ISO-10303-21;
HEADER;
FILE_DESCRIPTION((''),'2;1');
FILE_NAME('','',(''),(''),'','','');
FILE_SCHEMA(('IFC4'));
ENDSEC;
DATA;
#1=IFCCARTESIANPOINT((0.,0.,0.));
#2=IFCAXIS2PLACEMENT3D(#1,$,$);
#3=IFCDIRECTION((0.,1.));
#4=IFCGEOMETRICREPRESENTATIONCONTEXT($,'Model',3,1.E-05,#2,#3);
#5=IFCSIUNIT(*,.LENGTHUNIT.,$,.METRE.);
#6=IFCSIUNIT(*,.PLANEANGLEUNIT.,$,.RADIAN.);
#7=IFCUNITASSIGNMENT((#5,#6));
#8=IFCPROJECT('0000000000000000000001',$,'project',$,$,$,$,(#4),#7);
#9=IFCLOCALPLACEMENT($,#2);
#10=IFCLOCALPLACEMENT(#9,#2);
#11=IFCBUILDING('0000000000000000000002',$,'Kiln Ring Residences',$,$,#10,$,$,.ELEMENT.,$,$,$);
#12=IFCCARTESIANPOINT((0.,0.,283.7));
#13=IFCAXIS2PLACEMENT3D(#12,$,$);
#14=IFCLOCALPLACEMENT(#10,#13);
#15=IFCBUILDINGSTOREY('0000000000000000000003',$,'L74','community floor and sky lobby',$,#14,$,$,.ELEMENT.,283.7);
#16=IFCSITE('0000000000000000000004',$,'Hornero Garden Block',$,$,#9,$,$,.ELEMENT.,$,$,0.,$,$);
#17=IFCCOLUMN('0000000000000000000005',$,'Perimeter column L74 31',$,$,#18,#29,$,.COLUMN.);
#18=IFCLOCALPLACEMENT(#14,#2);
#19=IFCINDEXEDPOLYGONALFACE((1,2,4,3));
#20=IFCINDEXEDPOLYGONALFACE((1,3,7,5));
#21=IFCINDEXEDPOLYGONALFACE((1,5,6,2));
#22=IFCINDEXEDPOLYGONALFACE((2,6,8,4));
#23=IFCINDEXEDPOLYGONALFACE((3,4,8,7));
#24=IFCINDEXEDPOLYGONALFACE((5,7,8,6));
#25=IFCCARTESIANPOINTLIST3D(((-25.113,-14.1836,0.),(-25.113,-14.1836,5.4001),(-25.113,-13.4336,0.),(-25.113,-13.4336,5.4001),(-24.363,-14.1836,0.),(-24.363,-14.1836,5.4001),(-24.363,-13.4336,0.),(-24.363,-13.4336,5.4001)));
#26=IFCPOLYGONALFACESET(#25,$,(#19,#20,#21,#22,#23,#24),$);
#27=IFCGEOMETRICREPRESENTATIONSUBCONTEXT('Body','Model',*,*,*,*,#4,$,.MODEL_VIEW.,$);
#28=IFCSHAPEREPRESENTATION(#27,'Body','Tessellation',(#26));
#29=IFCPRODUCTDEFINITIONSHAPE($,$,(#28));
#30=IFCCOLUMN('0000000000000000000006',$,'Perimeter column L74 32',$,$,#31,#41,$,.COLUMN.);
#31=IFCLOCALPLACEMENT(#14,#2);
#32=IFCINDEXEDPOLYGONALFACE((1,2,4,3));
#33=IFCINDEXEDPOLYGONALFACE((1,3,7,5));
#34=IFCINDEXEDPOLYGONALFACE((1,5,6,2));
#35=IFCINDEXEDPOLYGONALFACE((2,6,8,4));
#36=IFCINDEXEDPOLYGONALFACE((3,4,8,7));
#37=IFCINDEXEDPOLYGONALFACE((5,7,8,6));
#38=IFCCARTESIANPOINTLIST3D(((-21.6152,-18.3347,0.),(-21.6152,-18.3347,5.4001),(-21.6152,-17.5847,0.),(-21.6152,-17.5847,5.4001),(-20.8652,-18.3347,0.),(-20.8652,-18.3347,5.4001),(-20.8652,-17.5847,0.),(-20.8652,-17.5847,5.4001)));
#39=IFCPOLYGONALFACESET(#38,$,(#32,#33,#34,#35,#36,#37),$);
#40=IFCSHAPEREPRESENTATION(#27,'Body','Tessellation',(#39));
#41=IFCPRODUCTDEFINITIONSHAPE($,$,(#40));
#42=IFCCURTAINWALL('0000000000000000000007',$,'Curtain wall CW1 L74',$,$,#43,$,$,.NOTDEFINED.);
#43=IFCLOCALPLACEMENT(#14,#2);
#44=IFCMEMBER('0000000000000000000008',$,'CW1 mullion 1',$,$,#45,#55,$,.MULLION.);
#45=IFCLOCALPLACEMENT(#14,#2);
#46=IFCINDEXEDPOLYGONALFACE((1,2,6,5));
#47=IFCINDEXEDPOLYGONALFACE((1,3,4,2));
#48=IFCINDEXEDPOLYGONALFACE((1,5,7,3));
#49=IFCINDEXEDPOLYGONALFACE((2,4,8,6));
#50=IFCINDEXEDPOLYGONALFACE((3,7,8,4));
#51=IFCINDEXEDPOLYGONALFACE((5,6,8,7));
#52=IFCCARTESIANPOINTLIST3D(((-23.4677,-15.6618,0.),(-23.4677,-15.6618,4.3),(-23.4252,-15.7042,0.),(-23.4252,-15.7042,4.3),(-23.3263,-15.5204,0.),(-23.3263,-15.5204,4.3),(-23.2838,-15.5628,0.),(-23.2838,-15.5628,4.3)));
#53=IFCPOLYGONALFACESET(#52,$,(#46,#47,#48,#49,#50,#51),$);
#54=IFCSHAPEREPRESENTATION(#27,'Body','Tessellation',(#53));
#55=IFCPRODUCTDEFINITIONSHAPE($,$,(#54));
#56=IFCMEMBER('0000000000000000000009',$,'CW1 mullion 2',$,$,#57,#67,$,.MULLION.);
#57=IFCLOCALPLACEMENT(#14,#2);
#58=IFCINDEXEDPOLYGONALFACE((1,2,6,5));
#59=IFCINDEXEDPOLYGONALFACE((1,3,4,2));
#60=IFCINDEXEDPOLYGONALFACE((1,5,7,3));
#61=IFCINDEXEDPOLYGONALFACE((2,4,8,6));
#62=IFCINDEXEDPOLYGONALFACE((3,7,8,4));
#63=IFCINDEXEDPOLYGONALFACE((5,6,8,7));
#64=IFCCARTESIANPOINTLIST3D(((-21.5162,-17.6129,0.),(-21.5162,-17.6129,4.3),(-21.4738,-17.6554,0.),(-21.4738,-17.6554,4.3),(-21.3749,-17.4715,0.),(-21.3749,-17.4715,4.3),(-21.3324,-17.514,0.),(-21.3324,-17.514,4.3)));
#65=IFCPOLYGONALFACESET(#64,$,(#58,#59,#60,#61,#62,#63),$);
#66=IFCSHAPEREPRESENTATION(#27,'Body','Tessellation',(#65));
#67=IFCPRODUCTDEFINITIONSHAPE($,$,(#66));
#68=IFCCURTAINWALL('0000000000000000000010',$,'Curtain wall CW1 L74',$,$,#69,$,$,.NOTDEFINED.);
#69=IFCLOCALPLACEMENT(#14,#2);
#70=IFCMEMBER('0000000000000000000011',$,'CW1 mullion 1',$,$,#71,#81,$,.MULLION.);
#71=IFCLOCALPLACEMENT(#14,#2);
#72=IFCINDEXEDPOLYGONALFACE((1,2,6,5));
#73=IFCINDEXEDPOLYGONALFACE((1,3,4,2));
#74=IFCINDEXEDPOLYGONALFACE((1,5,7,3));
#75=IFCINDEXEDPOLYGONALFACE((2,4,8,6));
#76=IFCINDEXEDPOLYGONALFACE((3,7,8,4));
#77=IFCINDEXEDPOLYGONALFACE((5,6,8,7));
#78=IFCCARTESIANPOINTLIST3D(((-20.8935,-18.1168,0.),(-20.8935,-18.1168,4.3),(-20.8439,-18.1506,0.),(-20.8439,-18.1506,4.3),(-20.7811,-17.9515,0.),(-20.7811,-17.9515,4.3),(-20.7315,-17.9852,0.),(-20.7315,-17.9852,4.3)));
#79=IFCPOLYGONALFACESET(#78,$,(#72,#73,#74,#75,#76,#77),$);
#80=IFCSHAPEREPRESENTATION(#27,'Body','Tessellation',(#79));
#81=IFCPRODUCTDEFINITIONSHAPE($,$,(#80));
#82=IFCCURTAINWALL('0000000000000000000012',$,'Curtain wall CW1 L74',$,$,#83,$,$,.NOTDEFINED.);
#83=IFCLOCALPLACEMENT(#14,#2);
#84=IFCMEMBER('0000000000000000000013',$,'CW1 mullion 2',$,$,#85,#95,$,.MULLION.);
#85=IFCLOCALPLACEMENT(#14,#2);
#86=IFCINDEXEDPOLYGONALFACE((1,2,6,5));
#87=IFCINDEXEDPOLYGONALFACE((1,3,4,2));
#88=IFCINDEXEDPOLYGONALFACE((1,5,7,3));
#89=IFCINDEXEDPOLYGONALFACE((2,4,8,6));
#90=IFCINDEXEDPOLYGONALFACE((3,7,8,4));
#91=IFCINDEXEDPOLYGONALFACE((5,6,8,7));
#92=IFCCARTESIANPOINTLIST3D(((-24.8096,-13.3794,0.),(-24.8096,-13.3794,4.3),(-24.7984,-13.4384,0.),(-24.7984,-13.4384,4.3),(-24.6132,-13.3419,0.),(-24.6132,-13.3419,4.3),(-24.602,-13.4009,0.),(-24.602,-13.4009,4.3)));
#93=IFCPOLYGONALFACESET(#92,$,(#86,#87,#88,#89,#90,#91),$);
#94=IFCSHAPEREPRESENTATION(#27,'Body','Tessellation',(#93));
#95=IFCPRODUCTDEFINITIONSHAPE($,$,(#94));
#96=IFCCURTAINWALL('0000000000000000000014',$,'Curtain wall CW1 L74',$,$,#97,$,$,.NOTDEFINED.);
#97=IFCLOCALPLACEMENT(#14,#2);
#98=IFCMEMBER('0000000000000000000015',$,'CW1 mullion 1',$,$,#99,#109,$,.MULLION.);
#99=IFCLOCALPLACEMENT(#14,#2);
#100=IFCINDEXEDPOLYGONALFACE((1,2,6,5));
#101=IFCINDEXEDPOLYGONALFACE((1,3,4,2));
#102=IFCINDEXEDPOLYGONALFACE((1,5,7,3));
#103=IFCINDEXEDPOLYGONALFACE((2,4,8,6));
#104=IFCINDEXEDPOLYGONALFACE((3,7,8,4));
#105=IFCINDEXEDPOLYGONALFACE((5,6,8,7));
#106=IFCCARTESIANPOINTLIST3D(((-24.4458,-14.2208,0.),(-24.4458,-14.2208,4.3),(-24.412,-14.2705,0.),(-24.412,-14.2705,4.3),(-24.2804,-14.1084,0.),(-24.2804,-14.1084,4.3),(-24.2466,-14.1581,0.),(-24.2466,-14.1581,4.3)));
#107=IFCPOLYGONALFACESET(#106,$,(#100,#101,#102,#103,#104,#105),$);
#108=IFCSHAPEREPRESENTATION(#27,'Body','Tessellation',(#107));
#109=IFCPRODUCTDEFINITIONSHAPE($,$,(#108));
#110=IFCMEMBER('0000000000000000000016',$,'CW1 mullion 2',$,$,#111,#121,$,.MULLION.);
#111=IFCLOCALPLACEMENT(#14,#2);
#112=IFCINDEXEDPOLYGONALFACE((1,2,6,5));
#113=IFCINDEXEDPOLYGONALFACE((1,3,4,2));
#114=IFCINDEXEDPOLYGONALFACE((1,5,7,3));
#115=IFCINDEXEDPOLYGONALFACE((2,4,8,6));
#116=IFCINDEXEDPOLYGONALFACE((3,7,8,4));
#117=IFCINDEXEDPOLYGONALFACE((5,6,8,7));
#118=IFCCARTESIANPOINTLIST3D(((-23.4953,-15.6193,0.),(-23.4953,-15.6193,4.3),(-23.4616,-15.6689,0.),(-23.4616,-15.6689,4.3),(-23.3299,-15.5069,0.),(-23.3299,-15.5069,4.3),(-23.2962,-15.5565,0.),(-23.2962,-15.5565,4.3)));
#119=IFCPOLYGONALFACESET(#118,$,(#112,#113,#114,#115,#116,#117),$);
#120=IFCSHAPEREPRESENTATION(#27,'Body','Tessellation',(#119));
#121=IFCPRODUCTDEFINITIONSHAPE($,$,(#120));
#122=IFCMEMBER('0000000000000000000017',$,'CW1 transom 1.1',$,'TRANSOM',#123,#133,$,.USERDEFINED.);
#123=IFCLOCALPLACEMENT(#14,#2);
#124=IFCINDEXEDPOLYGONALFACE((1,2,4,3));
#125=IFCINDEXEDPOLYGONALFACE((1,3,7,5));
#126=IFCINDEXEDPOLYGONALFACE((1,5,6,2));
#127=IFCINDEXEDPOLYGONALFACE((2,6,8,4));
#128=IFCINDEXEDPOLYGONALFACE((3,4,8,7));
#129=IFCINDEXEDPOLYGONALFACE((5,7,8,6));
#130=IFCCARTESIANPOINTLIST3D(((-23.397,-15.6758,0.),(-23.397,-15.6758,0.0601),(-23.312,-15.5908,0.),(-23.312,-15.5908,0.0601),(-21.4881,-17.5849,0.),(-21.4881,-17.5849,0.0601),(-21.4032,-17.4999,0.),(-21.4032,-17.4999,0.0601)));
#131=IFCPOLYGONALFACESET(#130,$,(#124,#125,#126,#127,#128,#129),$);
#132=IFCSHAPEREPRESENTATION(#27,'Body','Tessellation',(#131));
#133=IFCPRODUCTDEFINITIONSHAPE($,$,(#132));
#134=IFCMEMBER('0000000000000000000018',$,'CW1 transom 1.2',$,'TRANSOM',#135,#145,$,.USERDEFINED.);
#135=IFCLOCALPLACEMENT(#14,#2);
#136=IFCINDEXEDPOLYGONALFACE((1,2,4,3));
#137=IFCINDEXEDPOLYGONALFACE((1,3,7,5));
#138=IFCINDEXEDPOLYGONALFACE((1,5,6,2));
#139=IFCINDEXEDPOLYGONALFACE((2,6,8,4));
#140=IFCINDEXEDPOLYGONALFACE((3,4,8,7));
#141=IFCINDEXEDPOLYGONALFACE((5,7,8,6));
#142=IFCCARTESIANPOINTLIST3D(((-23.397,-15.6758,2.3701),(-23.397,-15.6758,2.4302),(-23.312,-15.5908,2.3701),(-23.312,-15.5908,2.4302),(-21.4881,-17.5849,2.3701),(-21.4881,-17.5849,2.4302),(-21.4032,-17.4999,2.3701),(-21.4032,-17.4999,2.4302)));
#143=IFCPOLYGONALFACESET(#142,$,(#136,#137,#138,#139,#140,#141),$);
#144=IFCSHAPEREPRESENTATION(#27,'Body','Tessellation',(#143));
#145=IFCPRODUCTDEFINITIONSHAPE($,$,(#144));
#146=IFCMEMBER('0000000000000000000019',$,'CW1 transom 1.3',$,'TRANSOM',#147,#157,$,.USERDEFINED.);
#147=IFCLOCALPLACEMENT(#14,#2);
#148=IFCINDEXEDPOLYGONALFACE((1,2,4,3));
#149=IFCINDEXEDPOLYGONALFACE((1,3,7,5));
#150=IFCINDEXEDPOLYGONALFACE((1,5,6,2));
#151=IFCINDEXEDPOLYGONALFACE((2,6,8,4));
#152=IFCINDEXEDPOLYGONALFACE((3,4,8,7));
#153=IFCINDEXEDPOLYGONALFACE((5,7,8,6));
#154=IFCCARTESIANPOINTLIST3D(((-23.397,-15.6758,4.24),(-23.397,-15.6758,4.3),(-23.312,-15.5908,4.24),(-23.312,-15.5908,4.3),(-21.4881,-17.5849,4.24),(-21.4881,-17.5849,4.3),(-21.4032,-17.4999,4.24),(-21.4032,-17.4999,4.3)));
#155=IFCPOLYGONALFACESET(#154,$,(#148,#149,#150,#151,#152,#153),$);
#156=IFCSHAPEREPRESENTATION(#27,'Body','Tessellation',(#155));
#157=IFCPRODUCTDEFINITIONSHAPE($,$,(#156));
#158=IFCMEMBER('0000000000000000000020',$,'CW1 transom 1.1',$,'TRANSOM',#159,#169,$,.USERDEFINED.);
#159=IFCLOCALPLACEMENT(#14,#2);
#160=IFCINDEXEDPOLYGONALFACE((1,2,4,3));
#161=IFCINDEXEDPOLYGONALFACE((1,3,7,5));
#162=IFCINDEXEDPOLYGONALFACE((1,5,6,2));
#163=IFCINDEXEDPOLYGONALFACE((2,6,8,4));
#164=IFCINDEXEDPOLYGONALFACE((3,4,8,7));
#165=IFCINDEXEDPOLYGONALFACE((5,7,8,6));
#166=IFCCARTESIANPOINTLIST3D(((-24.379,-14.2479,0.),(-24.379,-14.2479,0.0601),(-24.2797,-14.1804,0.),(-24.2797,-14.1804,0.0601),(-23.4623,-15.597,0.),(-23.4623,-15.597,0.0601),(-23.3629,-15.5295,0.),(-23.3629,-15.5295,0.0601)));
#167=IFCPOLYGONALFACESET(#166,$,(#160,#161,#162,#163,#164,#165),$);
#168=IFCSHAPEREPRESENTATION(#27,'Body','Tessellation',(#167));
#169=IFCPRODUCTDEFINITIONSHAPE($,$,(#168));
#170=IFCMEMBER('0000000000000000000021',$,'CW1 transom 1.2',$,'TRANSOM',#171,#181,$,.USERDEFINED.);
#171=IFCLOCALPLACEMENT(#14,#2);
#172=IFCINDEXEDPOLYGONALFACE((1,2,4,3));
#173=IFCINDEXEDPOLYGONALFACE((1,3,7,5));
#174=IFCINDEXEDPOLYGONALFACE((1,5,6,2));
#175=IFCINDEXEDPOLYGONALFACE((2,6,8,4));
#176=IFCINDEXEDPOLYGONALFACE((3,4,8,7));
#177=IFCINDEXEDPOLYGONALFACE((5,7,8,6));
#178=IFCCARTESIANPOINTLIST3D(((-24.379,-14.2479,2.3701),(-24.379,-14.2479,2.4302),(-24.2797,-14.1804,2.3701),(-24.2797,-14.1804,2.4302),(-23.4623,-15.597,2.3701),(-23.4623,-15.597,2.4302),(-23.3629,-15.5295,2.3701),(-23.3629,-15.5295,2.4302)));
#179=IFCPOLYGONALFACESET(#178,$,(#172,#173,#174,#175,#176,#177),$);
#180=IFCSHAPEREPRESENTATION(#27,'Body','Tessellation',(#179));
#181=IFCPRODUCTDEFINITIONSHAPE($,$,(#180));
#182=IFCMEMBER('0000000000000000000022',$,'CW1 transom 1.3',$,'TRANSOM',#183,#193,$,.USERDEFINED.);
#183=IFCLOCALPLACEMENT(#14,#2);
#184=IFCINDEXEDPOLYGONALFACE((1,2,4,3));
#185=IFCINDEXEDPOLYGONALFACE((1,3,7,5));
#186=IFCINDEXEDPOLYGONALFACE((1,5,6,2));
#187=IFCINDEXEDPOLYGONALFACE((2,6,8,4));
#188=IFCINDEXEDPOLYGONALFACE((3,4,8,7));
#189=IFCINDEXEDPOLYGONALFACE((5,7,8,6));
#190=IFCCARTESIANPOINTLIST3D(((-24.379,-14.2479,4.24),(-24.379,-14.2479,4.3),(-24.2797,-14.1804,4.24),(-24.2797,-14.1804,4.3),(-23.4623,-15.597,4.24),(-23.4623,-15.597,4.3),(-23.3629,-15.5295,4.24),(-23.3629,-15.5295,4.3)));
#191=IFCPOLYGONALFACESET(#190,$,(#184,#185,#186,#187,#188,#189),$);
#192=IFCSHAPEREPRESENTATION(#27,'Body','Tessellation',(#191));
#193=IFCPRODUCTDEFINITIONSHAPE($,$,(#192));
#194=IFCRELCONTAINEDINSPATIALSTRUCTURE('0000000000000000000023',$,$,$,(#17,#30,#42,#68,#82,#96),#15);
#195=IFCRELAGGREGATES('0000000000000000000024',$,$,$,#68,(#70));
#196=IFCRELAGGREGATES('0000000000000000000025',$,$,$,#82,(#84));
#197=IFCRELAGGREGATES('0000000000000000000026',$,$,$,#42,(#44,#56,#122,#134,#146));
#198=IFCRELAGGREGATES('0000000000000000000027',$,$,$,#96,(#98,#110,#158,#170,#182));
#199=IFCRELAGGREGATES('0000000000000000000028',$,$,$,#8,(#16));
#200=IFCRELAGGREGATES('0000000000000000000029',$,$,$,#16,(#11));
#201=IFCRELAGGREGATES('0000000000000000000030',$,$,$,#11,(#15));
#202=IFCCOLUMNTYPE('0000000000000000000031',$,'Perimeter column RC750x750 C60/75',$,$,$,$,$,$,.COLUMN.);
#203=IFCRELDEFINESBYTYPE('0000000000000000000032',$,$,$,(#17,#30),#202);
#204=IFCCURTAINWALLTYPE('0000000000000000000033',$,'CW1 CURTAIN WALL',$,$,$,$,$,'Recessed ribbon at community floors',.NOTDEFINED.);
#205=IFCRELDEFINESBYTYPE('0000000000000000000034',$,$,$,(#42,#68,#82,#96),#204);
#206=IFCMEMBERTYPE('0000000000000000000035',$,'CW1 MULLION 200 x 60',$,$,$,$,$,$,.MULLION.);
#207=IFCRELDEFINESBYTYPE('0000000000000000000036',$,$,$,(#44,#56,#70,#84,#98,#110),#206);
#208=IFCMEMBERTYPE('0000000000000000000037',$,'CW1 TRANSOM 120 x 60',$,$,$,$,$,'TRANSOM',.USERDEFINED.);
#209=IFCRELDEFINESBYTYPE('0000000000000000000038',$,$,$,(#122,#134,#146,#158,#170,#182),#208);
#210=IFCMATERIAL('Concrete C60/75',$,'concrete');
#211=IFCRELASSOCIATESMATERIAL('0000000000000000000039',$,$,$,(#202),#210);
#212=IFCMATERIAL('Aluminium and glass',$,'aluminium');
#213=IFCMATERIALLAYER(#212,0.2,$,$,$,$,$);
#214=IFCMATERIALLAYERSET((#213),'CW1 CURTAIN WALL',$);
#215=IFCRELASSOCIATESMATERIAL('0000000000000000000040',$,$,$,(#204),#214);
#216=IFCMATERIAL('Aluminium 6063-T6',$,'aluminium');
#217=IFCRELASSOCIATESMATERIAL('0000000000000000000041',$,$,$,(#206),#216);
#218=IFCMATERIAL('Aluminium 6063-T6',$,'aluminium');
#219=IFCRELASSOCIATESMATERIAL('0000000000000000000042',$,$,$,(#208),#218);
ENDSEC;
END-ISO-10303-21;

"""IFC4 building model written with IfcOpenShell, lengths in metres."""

from ifc_helpers import new_model, si_unit, direction, frame, origin, origin_2d, place, context, subcontext, project, spatial, rectangle, extrude, material, layer, layer_set, material_profile, profile_set, type_object, element, aggregate, save


model = new_model("IFC4")

# Units and contexts
model_context = context("Model", 3, precision=1e-05, world=origin(), true_north=direction((0.0, 1.0)))
body_context = subcontext(model_context, "Body", "Model", "MODEL_VIEW")
ifc_project = project(units=[si_unit("LENGTHUNIT", "METRE"), si_unit("PLANEANGLEUNIT", "RADIAN")], contexts=[model_context])

# Site, building, storey
site_placement = place(None, origin())
site = spatial("IfcSite", under=ifc_project, at=site_placement, Name="Hornero Garden Block", CompositionType="ELEMENT", RefElevation=0.0)
building_placement = place(site_placement, origin())
building = spatial("IfcBuilding", under=site, at=building_placement, Name="Kiln Ring Residences", CompositionType="ELEMENT")
storey_placement = place(building_placement, frame((0.0, 0.0, 283.7)))
storey = spatial("IfcBuildingStorey", under=building, at=storey_placement, Name="L74", Description="community floor and sky lobby", CompositionType="ELEMENT", Elevation=283.7)

# Columns
ifc_material_1 = material(Name="Concrete C60/75", Category="concrete")
ifc_material_profile_1 = material_profile(ifc_material_1, rectangle(XDim=0.75, YDim=0.75, at=origin_2d()), Name="RC750x750")
ifc_profile_set_1 = profile_set([ifc_material_profile_1], Name="Concrete C60/75")
column_type = type_object("IfcColumnType", Name="Perimeter column RC750x750 C60/75", PredefinedType="COLUMN", material=ifc_profile_set_1)
for number, where, z_axis, x_axis, name in (
    (1, (-24.738, -13.8086, 0.0), (0.0, 0.0, 1.0), (1.0, 0.0, 0.0), "Perimeter column L74 31"),
    (2, (-21.2402, -17.9597, 0.0), (0.0, 0.0, 1.0), (1.0, 0.0, 0.0), "Perimeter column L74 32"),
):
    element("IfcColumn", number, at=place(storey_placement, frame(where, z_axis=z_axis, x_axis=x_axis)), inside=storey, type_object=column_type, Name=name, PredefinedType="COLUMN", context=body_context, shape_type="SweptSolid", body=[
        extrude(rectangle(XDim=0.75, YDim=0.75, at=origin_2d()), origin(), (0.0, 0.0, 1.0), 5.4001),
    ])

# Curtain wall, members
ifc_material_2 = material(Name="Aluminium and glass", Category="aluminium")
ifc_layer_1 = layer(ifc_material_2, 0.2)
ifc_layer_set_1 = layer_set([ifc_layer_1], Name="CW1 CURTAIN WALL")
curtain_wall_type = type_object("IfcCurtainWallType", Name="CW1 CURTAIN WALL", ElementType="Recessed ribbon at community floors", PredefinedType="NOTDEFINED", material=ifc_layer_set_1)
placement = place(storey_placement, origin())
curtain_wall_1 = element("IfcCurtainWall", 3, at=placement, inside=storey, type_object=curtain_wall_type, Name="Curtain wall CW1 L74", PredefinedType="NOTDEFINED")
ifc_material_3 = material(Name="Aluminium 6063-T6", Category="aluminium")
ifc_material_profile_2 = material_profile(ifc_material_3, rectangle(XDim=0.2, YDim=0.0601, at=origin_2d()), Name="AL 200x60")
ifc_profile_set_2 = profile_set([ifc_material_profile_2], Name="Aluminium 6063-T6")
member_type_1 = type_object("IfcMemberType", Name="CW1 MULLION 200 x 60", PredefinedType="MULLION", material=ifc_profile_set_2)
member_1_placement = place(storey_placement, frame((-23.3757, -15.6123, 0.0), z_axis=(0.0, 0.0, 1.0), x_axis=(0.707107, 0.707107, 0.0)))
member_1 = element("IfcMember", 4, at=member_1_placement, type_object=member_type_1, Name="CW1 mullion 1", PredefinedType="MULLION", context=body_context, shape_type="SweptSolid", body=[
    extrude(rectangle(XDim=0.2, YDim=0.0601, at=origin_2d()), origin(), (0.0, 0.0, 1.0), 4.3),
])
member_2_placement = place(storey_placement, frame((-21.4243, -17.5635, 0.0), z_axis=(0.0, 0.0, 1.0), x_axis=(0.707107, 0.707107, 0.0)))
member_2 = element("IfcMember", 5, at=member_2_placement, type_object=member_type_1, Name="CW1 mullion 2", PredefinedType="MULLION", context=body_context, shape_type="SweptSolid", body=[
    extrude(rectangle(XDim=0.2, YDim=0.0601, at=origin_2d()), origin(), (0.0, 0.0, 1.0), 4.3),
])

# Curtain walls, members
curtain_wall_2 = element("IfcCurtainWall", 6, at=placement, inside=storey, type_object=curtain_wall_type, Name="Curtain wall CW1 L74", PredefinedType="NOTDEFINED")
member_3_placement = place(storey_placement, frame((-20.8125, -18.051, 0.0), z_axis=(0.0, 0.0, 1.0), x_axis=(0.562097, 0.827072, 0.0)))
member_3 = element("IfcMember", 7, at=member_3_placement, type_object=member_type_1, Name="CW1 mullion 1", PredefinedType="MULLION", context=body_context, shape_type="SweptSolid", body=[
    extrude(rectangle(XDim=0.2, YDim=0.0601, at=origin_2d()), origin(), (0.0, 0.0, 1.0), 4.3),
])
aggregate(curtain_wall_2, [member_3])
curtain_wall_3 = element("IfcCurtainWall", 8, at=placement, inside=storey, type_object=curtain_wall_type, Name="Curtain wall CW1 L74", PredefinedType="NOTDEFINED")
member_4_placement = place(storey_placement, frame((-24.7058, -13.3901, 0.0), z_axis=(0.0, 0.0, 1.0), x_axis=(0.98229, 0.187366, 0.0)))
member_4 = element("IfcMember", 9, at=member_4_placement, type_object=member_type_1, Name="CW1 mullion 2", PredefinedType="MULLION", context=body_context, shape_type="SweptSolid", body=[
    extrude(rectangle(XDim=0.2, YDim=0.0601, at=origin_2d()), origin(), (0.0, 0.0, 1.0), 4.3),
])
aggregate(curtain_wall_3, [member_4])

# Curtain wall, members
curtain_wall_4 = element("IfcCurtainWall", 10, at=placement, inside=storey, type_object=curtain_wall_type, Name="Curtain wall CW1 L74", PredefinedType="NOTDEFINED")
member_5_placement = place(storey_placement, frame((-24.3462, -14.1895, 0.0), z_axis=(0.0, 0.0, 1.0), x_axis=(0.827072, 0.562097, 0.0)))
member_5 = element("IfcMember", 11, at=member_5_placement, type_object=member_type_1, Name="CW1 mullion 1", PredefinedType="MULLION", context=body_context, shape_type="SweptSolid", body=[
    extrude(rectangle(XDim=0.2, YDim=0.0601, at=origin_2d()), origin(), (0.0, 0.0, 1.0), 4.3),
])
member_6_placement = place(storey_placement, frame((-23.3958, -15.5879, 0.0), z_axis=(0.0, 0.0, 1.0), x_axis=(0.827072, 0.562097, 0.0)))
member_6 = element("IfcMember", 12, at=member_6_placement, type_object=member_type_1, Name="CW1 mullion 2", PredefinedType="MULLION", context=body_context, shape_type="SweptSolid", body=[
    extrude(rectangle(XDim=0.2, YDim=0.0601, at=origin_2d()), origin(), (0.0, 0.0, 1.0), 4.3),
])

# Members
ifc_material_4 = material(Name="Aluminium 6063-T6", Category="aluminium")
ifc_material_profile_3 = material_profile(ifc_material_4, rectangle(XDim=0.1201, YDim=0.0601, at=origin_2d()), Name="AL 120x60")
ifc_profile_set_3 = profile_set([ifc_material_profile_3], Name="Aluminium 6063-T6")
member_type_2 = type_object("IfcMemberType", Name="CW1 TRANSOM 120 x 60", ElementType="TRANSOM", PredefinedType="USERDEFINED", material=ifc_profile_set_3)
member_7_placement = place(storey_placement, frame((-23.3545, -15.6333, 0.03), z_axis=(0.707062, -0.707152, 0.0), x_axis=(0.707152, 0.707062, 0.0)))
member_7 = element("IfcMember", 13, at=member_7_placement, type_object=member_type_2, Name="CW1 transom 1.1", ObjectType="TRANSOM", PredefinedType="USERDEFINED", context=body_context, shape_type="SweptSolid", body=[
    extrude(rectangle(XDim=0.1201, YDim=0.0601, at=origin_2d()), origin(), (0.0, 0.0, 1.0), 2.6997),
])
member_8_placement = place(storey_placement, frame((-23.3545, -15.6333, 2.4001), z_axis=(0.707062, -0.707152, 0.0), x_axis=(0.707152, 0.707062, 0.0)))
member_8 = element("IfcMember", 14, at=member_8_placement, type_object=member_type_2, Name="CW1 transom 1.2", ObjectType="TRANSOM", PredefinedType="USERDEFINED", context=body_context, shape_type="SweptSolid", body=[
    extrude(rectangle(XDim=0.1201, YDim=0.0601, at=origin_2d()), origin(), (0.0, 0.0, 1.0), 2.6997),
])
member_9_placement = place(storey_placement, frame((-23.3545, -15.6333, 4.27), z_axis=(0.707062, -0.707152, 0.0), x_axis=(0.707152, 0.707062, 0.0)))
member_9 = element("IfcMember", 15, at=member_9_placement, type_object=member_type_2, Name="CW1 transom 1.3", ObjectType="TRANSOM", PredefinedType="USERDEFINED", context=body_context, shape_type="SweptSolid", body=[
    extrude(rectangle(XDim=0.1201, YDim=0.0601, at=origin_2d()), origin(), (0.0, 0.0, 1.0), 2.6997),
])
member_10_placement = place(storey_placement, frame((-24.3293, -14.2141, 0.03), z_axis=(0.562036, -0.827113, 0.0), x_axis=(0.827113, 0.562036, 0.0)))
member_10 = element("IfcMember", 16, at=member_10_placement, type_object=member_type_2, Name="CW1 transom 1.1", ObjectType="TRANSOM", PredefinedType="USERDEFINED", context=body_context, shape_type="SweptSolid", body=[
    extrude(rectangle(XDim=0.1201, YDim=0.0601, at=origin_2d()), origin(), (0.0, 0.0, 1.0), 1.6311),
])
member_11_placement = place(storey_placement, frame((-24.3293, -14.2141, 2.4001), z_axis=(0.562036, -0.827113, 0.0), x_axis=(0.827113, 0.562036, 0.0)))
member_11 = element("IfcMember", 17, at=member_11_placement, type_object=member_type_2, Name="CW1 transom 1.2", ObjectType="TRANSOM", PredefinedType="USERDEFINED", context=body_context, shape_type="SweptSolid", body=[
    extrude(rectangle(XDim=0.1201, YDim=0.0601, at=origin_2d()), origin(), (0.0, 0.0, 1.0), 1.6311),
])
member_12_placement = place(storey_placement, frame((-24.3293, -14.2141, 4.27), z_axis=(0.562036, -0.827113, 0.0), x_axis=(0.827113, 0.562036, 0.0)))
member_12 = element("IfcMember", 18, at=member_12_placement, type_object=member_type_2, Name="CW1 transom 1.3", ObjectType="TRANSOM", PredefinedType="USERDEFINED", context=body_context, shape_type="SweptSolid", body=[
    extrude(rectangle(XDim=0.1201, YDim=0.0601, at=origin_2d()), origin(), (0.0, 0.0, 1.0), 1.6311),
])

aggregate(curtain_wall_1, [member_1, member_2, member_7, member_8, member_9])
aggregate(curtain_wall_4, [member_5, member_6, member_10, member_11, member_12])

save(model, "model.ifc")
